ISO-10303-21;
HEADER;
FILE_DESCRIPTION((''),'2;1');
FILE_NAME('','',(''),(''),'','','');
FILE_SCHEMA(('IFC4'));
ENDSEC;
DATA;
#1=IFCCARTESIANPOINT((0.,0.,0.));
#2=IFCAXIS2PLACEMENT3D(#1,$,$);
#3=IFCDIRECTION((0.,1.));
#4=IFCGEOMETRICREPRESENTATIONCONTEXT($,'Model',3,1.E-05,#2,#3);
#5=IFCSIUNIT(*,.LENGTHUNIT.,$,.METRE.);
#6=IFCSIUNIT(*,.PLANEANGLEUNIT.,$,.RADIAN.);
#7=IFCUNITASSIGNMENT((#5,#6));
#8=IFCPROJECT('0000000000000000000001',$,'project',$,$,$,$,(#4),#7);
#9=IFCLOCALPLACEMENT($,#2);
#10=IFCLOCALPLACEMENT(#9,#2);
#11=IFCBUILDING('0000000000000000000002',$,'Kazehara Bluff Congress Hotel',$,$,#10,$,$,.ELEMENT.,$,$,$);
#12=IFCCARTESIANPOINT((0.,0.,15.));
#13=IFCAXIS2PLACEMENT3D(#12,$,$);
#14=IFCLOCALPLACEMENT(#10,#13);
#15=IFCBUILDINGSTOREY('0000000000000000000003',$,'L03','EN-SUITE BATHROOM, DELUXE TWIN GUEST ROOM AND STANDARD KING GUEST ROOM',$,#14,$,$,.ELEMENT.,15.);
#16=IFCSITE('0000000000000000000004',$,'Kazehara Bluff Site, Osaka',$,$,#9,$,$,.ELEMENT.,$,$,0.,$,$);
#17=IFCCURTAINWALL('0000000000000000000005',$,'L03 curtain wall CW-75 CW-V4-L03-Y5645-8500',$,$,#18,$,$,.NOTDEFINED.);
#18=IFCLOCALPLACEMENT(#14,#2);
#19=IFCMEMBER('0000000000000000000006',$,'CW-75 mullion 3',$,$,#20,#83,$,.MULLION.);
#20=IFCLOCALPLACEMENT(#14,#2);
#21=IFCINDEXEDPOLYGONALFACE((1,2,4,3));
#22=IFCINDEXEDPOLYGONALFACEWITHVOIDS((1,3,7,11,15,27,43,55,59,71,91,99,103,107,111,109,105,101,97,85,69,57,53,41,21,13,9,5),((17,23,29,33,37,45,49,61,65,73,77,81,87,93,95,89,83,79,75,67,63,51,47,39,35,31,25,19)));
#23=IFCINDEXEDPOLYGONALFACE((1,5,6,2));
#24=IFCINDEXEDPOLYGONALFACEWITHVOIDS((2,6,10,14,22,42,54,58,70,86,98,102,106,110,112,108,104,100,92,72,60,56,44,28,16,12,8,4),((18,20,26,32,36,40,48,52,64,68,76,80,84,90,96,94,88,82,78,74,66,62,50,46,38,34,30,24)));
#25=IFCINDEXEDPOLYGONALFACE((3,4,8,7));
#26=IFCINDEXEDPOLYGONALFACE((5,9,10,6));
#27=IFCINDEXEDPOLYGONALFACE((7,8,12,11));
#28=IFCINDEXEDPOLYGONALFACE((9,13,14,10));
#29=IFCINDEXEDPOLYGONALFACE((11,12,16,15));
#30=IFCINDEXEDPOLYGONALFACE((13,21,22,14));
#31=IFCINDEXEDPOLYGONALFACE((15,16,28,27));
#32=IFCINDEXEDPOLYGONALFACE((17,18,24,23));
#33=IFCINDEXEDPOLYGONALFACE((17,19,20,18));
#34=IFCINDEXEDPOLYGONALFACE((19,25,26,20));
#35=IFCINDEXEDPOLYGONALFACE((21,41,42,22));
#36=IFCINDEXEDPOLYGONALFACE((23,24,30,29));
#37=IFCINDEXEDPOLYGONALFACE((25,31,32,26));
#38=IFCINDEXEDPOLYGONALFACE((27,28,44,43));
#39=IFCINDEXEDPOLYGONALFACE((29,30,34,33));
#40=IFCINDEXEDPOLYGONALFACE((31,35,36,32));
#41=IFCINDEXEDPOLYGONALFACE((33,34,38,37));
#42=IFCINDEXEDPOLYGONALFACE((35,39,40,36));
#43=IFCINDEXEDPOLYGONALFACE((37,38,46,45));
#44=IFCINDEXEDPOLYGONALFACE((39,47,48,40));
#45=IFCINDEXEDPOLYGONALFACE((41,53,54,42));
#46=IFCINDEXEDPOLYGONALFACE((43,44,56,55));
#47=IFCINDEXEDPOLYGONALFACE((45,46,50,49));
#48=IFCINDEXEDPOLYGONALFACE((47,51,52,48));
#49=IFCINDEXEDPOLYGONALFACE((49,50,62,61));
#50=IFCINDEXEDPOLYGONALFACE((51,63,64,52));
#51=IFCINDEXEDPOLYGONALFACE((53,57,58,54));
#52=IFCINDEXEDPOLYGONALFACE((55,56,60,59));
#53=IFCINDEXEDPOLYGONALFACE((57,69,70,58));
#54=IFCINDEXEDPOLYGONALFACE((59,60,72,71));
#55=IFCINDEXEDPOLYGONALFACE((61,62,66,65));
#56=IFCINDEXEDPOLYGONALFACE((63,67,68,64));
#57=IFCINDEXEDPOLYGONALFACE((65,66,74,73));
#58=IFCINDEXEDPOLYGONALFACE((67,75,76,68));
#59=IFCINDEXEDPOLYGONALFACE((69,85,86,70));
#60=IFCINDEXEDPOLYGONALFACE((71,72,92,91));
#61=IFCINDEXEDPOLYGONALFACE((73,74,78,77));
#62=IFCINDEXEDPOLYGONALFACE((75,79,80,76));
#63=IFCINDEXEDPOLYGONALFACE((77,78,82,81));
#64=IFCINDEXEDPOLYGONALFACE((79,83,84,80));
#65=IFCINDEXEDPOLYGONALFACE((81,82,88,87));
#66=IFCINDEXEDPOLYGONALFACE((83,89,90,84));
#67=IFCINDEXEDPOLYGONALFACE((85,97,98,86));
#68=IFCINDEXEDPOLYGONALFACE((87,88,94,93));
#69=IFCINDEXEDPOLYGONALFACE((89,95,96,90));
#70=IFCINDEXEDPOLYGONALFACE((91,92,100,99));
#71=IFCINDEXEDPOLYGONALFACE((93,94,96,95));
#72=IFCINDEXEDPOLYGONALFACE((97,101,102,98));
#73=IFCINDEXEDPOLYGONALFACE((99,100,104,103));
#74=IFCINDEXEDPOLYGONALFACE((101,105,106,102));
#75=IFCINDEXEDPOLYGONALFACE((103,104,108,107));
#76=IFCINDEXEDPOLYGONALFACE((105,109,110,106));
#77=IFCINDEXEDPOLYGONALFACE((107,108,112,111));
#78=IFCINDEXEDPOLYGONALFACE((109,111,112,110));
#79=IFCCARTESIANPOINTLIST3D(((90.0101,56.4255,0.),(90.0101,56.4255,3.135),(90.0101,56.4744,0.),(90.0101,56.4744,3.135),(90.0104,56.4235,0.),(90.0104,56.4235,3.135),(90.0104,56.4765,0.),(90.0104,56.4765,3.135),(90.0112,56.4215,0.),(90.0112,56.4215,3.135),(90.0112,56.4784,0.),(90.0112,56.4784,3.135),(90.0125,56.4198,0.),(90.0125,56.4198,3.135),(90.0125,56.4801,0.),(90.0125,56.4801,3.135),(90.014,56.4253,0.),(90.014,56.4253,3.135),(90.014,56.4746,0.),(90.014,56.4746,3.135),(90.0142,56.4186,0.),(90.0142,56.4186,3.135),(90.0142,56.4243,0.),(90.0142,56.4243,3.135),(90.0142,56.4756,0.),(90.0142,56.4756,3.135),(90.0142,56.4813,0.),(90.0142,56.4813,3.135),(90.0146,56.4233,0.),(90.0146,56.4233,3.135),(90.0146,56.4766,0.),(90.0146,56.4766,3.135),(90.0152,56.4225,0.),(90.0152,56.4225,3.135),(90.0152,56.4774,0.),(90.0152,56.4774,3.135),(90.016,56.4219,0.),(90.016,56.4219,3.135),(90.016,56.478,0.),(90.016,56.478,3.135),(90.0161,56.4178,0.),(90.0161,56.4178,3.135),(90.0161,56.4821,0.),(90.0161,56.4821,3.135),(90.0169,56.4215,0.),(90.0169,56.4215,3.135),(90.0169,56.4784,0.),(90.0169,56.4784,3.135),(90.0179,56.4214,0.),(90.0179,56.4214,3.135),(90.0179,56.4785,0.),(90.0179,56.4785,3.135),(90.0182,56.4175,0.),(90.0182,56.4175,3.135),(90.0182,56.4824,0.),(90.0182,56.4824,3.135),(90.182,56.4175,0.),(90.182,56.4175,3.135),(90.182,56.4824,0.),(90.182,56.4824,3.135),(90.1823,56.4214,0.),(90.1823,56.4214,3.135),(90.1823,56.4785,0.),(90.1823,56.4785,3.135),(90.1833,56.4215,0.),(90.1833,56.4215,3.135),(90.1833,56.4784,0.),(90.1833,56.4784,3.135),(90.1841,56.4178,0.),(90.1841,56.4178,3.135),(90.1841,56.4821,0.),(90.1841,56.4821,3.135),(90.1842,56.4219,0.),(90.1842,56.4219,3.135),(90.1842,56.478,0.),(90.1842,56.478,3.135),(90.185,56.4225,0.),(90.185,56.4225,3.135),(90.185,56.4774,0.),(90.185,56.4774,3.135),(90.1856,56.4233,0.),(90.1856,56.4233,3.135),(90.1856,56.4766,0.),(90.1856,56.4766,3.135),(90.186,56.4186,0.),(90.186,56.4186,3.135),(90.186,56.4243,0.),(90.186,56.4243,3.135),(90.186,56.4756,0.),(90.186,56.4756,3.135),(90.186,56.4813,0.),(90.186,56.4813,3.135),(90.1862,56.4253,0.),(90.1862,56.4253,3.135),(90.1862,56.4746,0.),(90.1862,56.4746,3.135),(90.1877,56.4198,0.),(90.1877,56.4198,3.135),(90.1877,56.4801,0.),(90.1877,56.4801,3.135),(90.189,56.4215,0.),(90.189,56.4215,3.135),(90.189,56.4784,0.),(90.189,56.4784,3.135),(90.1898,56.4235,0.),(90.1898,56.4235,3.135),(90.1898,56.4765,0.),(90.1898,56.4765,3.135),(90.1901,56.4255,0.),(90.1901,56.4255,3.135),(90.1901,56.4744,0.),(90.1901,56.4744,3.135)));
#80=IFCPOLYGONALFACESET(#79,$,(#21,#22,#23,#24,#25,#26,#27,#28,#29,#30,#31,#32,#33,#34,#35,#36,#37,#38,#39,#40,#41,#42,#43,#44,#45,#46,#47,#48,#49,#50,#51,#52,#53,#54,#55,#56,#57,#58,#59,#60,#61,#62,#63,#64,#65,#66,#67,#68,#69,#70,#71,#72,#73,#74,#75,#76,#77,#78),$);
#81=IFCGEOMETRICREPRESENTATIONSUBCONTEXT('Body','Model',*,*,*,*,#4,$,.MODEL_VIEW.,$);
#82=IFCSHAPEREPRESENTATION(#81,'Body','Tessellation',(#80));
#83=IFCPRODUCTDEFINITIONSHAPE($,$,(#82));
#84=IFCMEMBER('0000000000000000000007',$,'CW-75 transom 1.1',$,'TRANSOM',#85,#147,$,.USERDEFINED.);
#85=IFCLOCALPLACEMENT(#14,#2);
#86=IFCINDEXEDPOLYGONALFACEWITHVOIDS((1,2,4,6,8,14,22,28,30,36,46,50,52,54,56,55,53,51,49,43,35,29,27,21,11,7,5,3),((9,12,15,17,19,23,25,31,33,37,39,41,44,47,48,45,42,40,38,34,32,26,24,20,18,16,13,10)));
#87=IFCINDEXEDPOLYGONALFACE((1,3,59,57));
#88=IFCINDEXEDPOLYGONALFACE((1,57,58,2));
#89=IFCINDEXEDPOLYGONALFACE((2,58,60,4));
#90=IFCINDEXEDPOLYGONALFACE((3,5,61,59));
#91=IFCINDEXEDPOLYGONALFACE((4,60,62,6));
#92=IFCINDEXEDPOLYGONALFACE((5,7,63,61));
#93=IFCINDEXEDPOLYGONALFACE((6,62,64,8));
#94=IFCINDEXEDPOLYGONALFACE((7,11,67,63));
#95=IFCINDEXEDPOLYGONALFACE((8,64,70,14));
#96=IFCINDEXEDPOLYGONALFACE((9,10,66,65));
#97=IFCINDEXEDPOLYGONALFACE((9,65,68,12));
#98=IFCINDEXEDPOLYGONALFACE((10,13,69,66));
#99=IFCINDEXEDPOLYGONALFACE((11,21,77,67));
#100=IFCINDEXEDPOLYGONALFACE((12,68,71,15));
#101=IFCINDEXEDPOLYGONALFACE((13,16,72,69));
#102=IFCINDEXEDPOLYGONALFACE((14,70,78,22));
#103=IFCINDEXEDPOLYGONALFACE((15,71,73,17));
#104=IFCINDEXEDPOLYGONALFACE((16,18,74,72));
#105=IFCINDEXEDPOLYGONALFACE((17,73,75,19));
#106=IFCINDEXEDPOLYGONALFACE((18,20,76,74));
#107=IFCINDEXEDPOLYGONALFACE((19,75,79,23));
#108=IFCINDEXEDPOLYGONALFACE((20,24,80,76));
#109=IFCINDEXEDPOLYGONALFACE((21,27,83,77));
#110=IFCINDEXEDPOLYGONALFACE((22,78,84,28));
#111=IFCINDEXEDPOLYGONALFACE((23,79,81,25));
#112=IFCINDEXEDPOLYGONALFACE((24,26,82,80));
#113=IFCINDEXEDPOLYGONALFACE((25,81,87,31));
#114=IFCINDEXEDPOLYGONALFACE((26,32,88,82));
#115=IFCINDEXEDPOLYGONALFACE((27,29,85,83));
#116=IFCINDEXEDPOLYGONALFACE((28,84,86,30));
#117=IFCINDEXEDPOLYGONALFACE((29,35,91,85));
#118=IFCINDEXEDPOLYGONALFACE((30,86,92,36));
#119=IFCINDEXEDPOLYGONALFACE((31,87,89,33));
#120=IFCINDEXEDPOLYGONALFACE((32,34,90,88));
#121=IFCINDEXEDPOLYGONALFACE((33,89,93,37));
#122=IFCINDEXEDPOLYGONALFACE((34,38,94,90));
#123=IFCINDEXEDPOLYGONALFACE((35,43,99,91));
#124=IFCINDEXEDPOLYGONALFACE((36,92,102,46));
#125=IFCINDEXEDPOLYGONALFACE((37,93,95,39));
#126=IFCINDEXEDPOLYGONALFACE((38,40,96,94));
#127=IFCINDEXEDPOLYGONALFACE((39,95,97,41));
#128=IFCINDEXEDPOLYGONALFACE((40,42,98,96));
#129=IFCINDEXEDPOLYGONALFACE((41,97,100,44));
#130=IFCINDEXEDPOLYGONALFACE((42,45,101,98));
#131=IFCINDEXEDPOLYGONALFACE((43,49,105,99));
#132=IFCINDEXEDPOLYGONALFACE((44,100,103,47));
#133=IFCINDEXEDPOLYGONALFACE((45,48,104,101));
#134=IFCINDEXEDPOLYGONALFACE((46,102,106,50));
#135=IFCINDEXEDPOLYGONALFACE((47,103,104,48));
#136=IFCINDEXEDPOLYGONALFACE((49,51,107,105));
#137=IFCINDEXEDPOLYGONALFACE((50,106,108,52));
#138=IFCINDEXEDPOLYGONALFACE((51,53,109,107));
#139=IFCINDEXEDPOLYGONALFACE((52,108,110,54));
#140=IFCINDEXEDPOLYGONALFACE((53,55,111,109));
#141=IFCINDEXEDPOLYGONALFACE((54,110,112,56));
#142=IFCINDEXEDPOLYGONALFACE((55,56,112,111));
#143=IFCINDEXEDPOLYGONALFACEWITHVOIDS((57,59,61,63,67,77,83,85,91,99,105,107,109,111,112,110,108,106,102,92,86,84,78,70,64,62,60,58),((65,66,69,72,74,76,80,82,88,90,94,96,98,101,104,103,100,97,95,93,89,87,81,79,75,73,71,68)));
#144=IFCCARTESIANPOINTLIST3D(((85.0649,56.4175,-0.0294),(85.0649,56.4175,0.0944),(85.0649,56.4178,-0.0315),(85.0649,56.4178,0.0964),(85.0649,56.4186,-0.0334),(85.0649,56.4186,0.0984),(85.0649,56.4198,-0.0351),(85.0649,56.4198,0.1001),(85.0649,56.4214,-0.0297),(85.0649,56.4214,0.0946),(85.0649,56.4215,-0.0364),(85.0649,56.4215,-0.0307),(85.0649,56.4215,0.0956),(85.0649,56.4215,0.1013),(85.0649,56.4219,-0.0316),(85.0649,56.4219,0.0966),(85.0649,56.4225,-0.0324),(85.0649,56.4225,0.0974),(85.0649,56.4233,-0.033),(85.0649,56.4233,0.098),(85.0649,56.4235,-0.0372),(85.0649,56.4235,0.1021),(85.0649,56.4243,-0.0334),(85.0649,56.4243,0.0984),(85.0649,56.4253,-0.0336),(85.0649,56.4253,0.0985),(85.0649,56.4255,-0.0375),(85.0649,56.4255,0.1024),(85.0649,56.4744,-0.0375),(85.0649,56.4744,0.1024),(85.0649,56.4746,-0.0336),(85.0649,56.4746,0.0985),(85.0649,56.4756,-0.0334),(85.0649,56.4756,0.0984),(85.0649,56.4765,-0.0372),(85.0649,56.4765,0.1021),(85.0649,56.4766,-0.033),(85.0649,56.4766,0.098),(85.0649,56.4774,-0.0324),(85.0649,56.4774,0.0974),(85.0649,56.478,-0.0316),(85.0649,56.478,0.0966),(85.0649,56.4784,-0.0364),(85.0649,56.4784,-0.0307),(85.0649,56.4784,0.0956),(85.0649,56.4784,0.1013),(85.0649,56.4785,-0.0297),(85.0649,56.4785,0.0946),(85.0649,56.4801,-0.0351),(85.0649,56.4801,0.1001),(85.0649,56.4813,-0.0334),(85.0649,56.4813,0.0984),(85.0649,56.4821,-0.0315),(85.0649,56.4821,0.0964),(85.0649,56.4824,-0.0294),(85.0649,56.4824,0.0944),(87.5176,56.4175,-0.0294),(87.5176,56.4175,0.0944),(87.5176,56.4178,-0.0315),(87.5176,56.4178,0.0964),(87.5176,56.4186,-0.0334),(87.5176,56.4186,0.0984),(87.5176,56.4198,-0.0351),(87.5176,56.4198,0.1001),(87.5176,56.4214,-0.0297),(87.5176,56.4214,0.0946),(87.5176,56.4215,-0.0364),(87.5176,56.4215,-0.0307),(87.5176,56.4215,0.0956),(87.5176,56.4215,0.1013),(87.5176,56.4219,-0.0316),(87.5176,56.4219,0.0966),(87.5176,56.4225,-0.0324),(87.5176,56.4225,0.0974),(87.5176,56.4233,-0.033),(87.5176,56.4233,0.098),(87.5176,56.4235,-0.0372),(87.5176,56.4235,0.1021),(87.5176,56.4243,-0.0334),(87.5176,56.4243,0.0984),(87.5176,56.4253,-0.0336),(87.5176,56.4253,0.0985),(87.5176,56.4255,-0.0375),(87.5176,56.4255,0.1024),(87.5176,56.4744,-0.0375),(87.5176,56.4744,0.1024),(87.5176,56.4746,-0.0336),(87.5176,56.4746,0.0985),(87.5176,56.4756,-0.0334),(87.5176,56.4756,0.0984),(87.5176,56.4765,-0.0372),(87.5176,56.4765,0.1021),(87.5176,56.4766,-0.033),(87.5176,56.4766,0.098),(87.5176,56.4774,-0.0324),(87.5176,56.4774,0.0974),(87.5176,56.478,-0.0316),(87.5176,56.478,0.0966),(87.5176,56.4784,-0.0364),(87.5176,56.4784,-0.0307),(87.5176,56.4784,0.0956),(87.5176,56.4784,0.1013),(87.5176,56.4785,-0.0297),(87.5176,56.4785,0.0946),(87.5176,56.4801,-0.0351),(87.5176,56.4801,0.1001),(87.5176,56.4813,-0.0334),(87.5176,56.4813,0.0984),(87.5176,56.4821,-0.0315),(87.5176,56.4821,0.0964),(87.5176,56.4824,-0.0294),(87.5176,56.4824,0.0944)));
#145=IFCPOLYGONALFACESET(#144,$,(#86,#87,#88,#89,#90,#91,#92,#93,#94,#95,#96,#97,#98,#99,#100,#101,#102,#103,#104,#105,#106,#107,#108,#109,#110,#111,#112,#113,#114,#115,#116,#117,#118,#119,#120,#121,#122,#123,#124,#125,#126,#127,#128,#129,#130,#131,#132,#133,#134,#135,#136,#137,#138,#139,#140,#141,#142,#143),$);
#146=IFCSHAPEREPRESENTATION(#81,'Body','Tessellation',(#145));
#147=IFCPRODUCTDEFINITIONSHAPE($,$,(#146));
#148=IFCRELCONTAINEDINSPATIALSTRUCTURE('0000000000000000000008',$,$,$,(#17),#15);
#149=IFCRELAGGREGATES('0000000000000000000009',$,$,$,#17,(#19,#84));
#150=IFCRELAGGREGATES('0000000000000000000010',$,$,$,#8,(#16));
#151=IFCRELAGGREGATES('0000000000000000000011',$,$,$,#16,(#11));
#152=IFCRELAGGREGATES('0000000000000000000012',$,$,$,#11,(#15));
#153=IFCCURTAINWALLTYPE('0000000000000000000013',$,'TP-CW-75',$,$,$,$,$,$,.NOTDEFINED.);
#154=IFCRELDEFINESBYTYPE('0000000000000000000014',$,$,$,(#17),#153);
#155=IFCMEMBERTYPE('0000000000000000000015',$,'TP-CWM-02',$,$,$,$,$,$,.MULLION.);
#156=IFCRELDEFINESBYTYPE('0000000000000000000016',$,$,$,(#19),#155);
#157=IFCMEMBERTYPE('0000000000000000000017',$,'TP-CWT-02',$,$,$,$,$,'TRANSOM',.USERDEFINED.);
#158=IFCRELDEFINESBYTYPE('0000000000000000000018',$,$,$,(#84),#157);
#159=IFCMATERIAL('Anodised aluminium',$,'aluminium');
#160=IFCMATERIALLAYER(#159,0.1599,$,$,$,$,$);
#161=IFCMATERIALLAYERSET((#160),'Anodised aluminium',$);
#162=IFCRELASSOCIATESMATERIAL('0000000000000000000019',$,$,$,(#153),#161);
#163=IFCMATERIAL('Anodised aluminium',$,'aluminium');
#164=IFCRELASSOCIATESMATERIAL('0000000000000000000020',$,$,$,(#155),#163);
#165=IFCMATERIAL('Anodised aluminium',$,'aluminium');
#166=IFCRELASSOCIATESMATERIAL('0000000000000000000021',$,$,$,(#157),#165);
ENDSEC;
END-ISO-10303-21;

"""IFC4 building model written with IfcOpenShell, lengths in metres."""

from ifc_helpers import new_model, si_unit, direction, frame, origin, origin_2d, place, context, subcontext, project, spatial, hollow_rectangle, extrude, material, layer, layer_set, material_profile, profile_set, type_object, element, aggregate, save


model = new_model("IFC4")

# Units and contexts
model_context = context("Model", 3, precision=1e-05, world=origin(), true_north=direction((0.0, 1.0)))
body_context = subcontext(model_context, "Body", "Model", "MODEL_VIEW")
ifc_project = project(units=[si_unit("LENGTHUNIT", "METRE"), si_unit("PLANEANGLEUNIT", "RADIAN")], contexts=[model_context])

# Site, building, storey
site_placement = place(None, origin())
site = spatial("IfcSite", under=ifc_project, at=site_placement, Name="Kazehara Bluff Site, Osaka", CompositionType="ELEMENT", RefElevation=0.0)
building_placement = place(site_placement, origin())
building = spatial("IfcBuilding", under=site, at=building_placement, Name="Kazehara Bluff Congress Hotel", CompositionType="ELEMENT")
storey_placement = place(building_placement, frame((0.0, 0.0, 15.0)))
storey = spatial("IfcBuildingStorey", under=building, at=storey_placement, Name="L03", Description="EN-SUITE BATHROOM, DELUXE TWIN GUEST ROOM AND STANDARD KING GUEST ROOM", CompositionType="ELEMENT", Elevation=15.0)

# Curtain wall, members
ifc_material_1 = material(Name="Anodised aluminium", Category="aluminium")
ifc_layer_1 = layer(ifc_material_1, 0.1599)
ifc_layer_set_1 = layer_set([ifc_layer_1], Name="Anodised aluminium")
curtain_wall_type = type_object("IfcCurtainWallType", Name="TP-CW-75", PredefinedType="NOTDEFINED", material=ifc_layer_set_1)
curtain_wall_placement = place(storey_placement, origin())
curtain_wall = element("IfcCurtainWall", 1, at=curtain_wall_placement, inside=storey, type_object=curtain_wall_type, Name="L03 curtain wall CW-75 CW-V4-L03-Y5645-8500", PredefinedType="NOTDEFINED")
ifc_material_2 = material(Name="Anodised aluminium", Category="aluminium")
ifc_material_profile_1 = material_profile(ifc_material_2, hollow_rectangle(XDim=0.0649, YDim=0.1799, WallThickness=0.0039, InnerFilletRadius=0.0039, OuterFilletRadius=0.0081, at=origin_2d()))
ifc_profile_set_1 = profile_set([ifc_material_profile_1], Name="Anodised aluminium")
member_type_1 = type_object("IfcMemberType", Name="TP-CWM-02", PredefinedType="MULLION", material=ifc_profile_set_1)
member_1_placement = place(storey_placement, frame((90.1001, 56.45, 0.0), z_axis=(0.0, 0.0, 1.0), x_axis=(0.0, 1.0, 0.0)))
member_1 = element("IfcMember", 2, at=member_1_placement, type_object=member_type_1, Name="CW-75 mullion 3", PredefinedType="MULLION", context=body_context, shape_type="SweptSolid", body=[
    extrude(hollow_rectangle(XDim=0.0649, YDim=0.1799, WallThickness=0.0039, InnerFilletRadius=0.0039, OuterFilletRadius=0.0081, at=origin_2d()), origin(), (0.0, 0.0, 1.0), 3.135),
])
ifc_material_3 = material(Name="Anodised aluminium", Category="aluminium")
ifc_material_profile_2 = material_profile(ifc_material_3, hollow_rectangle(XDim=0.0649, YDim=0.1399, WallThickness=0.0039, InnerFilletRadius=0.0039, OuterFilletRadius=0.0081, at=origin_2d()))
ifc_profile_set_2 = profile_set([ifc_material_profile_2], Name="Anodised aluminium")
member_type_2 = type_object("IfcMemberType", Name="TP-CWT-02", ElementType="TRANSOM", PredefinedType="USERDEFINED", material=ifc_profile_set_2)
member_2_placement = place(storey_placement, frame((85.0649, 56.45, 0.0325), z_axis=(1.0, 0.0, 0.0), x_axis=(0.0, 1.0, 0.0)))
member_2 = element("IfcMember", 3, at=member_2_placement, type_object=member_type_2, Name="CW-75 transom 1.1", ObjectType="TRANSOM", PredefinedType="USERDEFINED", context=body_context, shape_type="SweptSolid", body=[
    extrude(hollow_rectangle(XDim=0.0649, YDim=0.1399, WallThickness=0.0039, InnerFilletRadius=0.0039, OuterFilletRadius=0.0081, at=origin_2d()), origin(), (0.0, 0.0, 1.0), 2.4526),
])

aggregate(curtain_wall, [member_1, member_2])

save(model, "model.ifc")
